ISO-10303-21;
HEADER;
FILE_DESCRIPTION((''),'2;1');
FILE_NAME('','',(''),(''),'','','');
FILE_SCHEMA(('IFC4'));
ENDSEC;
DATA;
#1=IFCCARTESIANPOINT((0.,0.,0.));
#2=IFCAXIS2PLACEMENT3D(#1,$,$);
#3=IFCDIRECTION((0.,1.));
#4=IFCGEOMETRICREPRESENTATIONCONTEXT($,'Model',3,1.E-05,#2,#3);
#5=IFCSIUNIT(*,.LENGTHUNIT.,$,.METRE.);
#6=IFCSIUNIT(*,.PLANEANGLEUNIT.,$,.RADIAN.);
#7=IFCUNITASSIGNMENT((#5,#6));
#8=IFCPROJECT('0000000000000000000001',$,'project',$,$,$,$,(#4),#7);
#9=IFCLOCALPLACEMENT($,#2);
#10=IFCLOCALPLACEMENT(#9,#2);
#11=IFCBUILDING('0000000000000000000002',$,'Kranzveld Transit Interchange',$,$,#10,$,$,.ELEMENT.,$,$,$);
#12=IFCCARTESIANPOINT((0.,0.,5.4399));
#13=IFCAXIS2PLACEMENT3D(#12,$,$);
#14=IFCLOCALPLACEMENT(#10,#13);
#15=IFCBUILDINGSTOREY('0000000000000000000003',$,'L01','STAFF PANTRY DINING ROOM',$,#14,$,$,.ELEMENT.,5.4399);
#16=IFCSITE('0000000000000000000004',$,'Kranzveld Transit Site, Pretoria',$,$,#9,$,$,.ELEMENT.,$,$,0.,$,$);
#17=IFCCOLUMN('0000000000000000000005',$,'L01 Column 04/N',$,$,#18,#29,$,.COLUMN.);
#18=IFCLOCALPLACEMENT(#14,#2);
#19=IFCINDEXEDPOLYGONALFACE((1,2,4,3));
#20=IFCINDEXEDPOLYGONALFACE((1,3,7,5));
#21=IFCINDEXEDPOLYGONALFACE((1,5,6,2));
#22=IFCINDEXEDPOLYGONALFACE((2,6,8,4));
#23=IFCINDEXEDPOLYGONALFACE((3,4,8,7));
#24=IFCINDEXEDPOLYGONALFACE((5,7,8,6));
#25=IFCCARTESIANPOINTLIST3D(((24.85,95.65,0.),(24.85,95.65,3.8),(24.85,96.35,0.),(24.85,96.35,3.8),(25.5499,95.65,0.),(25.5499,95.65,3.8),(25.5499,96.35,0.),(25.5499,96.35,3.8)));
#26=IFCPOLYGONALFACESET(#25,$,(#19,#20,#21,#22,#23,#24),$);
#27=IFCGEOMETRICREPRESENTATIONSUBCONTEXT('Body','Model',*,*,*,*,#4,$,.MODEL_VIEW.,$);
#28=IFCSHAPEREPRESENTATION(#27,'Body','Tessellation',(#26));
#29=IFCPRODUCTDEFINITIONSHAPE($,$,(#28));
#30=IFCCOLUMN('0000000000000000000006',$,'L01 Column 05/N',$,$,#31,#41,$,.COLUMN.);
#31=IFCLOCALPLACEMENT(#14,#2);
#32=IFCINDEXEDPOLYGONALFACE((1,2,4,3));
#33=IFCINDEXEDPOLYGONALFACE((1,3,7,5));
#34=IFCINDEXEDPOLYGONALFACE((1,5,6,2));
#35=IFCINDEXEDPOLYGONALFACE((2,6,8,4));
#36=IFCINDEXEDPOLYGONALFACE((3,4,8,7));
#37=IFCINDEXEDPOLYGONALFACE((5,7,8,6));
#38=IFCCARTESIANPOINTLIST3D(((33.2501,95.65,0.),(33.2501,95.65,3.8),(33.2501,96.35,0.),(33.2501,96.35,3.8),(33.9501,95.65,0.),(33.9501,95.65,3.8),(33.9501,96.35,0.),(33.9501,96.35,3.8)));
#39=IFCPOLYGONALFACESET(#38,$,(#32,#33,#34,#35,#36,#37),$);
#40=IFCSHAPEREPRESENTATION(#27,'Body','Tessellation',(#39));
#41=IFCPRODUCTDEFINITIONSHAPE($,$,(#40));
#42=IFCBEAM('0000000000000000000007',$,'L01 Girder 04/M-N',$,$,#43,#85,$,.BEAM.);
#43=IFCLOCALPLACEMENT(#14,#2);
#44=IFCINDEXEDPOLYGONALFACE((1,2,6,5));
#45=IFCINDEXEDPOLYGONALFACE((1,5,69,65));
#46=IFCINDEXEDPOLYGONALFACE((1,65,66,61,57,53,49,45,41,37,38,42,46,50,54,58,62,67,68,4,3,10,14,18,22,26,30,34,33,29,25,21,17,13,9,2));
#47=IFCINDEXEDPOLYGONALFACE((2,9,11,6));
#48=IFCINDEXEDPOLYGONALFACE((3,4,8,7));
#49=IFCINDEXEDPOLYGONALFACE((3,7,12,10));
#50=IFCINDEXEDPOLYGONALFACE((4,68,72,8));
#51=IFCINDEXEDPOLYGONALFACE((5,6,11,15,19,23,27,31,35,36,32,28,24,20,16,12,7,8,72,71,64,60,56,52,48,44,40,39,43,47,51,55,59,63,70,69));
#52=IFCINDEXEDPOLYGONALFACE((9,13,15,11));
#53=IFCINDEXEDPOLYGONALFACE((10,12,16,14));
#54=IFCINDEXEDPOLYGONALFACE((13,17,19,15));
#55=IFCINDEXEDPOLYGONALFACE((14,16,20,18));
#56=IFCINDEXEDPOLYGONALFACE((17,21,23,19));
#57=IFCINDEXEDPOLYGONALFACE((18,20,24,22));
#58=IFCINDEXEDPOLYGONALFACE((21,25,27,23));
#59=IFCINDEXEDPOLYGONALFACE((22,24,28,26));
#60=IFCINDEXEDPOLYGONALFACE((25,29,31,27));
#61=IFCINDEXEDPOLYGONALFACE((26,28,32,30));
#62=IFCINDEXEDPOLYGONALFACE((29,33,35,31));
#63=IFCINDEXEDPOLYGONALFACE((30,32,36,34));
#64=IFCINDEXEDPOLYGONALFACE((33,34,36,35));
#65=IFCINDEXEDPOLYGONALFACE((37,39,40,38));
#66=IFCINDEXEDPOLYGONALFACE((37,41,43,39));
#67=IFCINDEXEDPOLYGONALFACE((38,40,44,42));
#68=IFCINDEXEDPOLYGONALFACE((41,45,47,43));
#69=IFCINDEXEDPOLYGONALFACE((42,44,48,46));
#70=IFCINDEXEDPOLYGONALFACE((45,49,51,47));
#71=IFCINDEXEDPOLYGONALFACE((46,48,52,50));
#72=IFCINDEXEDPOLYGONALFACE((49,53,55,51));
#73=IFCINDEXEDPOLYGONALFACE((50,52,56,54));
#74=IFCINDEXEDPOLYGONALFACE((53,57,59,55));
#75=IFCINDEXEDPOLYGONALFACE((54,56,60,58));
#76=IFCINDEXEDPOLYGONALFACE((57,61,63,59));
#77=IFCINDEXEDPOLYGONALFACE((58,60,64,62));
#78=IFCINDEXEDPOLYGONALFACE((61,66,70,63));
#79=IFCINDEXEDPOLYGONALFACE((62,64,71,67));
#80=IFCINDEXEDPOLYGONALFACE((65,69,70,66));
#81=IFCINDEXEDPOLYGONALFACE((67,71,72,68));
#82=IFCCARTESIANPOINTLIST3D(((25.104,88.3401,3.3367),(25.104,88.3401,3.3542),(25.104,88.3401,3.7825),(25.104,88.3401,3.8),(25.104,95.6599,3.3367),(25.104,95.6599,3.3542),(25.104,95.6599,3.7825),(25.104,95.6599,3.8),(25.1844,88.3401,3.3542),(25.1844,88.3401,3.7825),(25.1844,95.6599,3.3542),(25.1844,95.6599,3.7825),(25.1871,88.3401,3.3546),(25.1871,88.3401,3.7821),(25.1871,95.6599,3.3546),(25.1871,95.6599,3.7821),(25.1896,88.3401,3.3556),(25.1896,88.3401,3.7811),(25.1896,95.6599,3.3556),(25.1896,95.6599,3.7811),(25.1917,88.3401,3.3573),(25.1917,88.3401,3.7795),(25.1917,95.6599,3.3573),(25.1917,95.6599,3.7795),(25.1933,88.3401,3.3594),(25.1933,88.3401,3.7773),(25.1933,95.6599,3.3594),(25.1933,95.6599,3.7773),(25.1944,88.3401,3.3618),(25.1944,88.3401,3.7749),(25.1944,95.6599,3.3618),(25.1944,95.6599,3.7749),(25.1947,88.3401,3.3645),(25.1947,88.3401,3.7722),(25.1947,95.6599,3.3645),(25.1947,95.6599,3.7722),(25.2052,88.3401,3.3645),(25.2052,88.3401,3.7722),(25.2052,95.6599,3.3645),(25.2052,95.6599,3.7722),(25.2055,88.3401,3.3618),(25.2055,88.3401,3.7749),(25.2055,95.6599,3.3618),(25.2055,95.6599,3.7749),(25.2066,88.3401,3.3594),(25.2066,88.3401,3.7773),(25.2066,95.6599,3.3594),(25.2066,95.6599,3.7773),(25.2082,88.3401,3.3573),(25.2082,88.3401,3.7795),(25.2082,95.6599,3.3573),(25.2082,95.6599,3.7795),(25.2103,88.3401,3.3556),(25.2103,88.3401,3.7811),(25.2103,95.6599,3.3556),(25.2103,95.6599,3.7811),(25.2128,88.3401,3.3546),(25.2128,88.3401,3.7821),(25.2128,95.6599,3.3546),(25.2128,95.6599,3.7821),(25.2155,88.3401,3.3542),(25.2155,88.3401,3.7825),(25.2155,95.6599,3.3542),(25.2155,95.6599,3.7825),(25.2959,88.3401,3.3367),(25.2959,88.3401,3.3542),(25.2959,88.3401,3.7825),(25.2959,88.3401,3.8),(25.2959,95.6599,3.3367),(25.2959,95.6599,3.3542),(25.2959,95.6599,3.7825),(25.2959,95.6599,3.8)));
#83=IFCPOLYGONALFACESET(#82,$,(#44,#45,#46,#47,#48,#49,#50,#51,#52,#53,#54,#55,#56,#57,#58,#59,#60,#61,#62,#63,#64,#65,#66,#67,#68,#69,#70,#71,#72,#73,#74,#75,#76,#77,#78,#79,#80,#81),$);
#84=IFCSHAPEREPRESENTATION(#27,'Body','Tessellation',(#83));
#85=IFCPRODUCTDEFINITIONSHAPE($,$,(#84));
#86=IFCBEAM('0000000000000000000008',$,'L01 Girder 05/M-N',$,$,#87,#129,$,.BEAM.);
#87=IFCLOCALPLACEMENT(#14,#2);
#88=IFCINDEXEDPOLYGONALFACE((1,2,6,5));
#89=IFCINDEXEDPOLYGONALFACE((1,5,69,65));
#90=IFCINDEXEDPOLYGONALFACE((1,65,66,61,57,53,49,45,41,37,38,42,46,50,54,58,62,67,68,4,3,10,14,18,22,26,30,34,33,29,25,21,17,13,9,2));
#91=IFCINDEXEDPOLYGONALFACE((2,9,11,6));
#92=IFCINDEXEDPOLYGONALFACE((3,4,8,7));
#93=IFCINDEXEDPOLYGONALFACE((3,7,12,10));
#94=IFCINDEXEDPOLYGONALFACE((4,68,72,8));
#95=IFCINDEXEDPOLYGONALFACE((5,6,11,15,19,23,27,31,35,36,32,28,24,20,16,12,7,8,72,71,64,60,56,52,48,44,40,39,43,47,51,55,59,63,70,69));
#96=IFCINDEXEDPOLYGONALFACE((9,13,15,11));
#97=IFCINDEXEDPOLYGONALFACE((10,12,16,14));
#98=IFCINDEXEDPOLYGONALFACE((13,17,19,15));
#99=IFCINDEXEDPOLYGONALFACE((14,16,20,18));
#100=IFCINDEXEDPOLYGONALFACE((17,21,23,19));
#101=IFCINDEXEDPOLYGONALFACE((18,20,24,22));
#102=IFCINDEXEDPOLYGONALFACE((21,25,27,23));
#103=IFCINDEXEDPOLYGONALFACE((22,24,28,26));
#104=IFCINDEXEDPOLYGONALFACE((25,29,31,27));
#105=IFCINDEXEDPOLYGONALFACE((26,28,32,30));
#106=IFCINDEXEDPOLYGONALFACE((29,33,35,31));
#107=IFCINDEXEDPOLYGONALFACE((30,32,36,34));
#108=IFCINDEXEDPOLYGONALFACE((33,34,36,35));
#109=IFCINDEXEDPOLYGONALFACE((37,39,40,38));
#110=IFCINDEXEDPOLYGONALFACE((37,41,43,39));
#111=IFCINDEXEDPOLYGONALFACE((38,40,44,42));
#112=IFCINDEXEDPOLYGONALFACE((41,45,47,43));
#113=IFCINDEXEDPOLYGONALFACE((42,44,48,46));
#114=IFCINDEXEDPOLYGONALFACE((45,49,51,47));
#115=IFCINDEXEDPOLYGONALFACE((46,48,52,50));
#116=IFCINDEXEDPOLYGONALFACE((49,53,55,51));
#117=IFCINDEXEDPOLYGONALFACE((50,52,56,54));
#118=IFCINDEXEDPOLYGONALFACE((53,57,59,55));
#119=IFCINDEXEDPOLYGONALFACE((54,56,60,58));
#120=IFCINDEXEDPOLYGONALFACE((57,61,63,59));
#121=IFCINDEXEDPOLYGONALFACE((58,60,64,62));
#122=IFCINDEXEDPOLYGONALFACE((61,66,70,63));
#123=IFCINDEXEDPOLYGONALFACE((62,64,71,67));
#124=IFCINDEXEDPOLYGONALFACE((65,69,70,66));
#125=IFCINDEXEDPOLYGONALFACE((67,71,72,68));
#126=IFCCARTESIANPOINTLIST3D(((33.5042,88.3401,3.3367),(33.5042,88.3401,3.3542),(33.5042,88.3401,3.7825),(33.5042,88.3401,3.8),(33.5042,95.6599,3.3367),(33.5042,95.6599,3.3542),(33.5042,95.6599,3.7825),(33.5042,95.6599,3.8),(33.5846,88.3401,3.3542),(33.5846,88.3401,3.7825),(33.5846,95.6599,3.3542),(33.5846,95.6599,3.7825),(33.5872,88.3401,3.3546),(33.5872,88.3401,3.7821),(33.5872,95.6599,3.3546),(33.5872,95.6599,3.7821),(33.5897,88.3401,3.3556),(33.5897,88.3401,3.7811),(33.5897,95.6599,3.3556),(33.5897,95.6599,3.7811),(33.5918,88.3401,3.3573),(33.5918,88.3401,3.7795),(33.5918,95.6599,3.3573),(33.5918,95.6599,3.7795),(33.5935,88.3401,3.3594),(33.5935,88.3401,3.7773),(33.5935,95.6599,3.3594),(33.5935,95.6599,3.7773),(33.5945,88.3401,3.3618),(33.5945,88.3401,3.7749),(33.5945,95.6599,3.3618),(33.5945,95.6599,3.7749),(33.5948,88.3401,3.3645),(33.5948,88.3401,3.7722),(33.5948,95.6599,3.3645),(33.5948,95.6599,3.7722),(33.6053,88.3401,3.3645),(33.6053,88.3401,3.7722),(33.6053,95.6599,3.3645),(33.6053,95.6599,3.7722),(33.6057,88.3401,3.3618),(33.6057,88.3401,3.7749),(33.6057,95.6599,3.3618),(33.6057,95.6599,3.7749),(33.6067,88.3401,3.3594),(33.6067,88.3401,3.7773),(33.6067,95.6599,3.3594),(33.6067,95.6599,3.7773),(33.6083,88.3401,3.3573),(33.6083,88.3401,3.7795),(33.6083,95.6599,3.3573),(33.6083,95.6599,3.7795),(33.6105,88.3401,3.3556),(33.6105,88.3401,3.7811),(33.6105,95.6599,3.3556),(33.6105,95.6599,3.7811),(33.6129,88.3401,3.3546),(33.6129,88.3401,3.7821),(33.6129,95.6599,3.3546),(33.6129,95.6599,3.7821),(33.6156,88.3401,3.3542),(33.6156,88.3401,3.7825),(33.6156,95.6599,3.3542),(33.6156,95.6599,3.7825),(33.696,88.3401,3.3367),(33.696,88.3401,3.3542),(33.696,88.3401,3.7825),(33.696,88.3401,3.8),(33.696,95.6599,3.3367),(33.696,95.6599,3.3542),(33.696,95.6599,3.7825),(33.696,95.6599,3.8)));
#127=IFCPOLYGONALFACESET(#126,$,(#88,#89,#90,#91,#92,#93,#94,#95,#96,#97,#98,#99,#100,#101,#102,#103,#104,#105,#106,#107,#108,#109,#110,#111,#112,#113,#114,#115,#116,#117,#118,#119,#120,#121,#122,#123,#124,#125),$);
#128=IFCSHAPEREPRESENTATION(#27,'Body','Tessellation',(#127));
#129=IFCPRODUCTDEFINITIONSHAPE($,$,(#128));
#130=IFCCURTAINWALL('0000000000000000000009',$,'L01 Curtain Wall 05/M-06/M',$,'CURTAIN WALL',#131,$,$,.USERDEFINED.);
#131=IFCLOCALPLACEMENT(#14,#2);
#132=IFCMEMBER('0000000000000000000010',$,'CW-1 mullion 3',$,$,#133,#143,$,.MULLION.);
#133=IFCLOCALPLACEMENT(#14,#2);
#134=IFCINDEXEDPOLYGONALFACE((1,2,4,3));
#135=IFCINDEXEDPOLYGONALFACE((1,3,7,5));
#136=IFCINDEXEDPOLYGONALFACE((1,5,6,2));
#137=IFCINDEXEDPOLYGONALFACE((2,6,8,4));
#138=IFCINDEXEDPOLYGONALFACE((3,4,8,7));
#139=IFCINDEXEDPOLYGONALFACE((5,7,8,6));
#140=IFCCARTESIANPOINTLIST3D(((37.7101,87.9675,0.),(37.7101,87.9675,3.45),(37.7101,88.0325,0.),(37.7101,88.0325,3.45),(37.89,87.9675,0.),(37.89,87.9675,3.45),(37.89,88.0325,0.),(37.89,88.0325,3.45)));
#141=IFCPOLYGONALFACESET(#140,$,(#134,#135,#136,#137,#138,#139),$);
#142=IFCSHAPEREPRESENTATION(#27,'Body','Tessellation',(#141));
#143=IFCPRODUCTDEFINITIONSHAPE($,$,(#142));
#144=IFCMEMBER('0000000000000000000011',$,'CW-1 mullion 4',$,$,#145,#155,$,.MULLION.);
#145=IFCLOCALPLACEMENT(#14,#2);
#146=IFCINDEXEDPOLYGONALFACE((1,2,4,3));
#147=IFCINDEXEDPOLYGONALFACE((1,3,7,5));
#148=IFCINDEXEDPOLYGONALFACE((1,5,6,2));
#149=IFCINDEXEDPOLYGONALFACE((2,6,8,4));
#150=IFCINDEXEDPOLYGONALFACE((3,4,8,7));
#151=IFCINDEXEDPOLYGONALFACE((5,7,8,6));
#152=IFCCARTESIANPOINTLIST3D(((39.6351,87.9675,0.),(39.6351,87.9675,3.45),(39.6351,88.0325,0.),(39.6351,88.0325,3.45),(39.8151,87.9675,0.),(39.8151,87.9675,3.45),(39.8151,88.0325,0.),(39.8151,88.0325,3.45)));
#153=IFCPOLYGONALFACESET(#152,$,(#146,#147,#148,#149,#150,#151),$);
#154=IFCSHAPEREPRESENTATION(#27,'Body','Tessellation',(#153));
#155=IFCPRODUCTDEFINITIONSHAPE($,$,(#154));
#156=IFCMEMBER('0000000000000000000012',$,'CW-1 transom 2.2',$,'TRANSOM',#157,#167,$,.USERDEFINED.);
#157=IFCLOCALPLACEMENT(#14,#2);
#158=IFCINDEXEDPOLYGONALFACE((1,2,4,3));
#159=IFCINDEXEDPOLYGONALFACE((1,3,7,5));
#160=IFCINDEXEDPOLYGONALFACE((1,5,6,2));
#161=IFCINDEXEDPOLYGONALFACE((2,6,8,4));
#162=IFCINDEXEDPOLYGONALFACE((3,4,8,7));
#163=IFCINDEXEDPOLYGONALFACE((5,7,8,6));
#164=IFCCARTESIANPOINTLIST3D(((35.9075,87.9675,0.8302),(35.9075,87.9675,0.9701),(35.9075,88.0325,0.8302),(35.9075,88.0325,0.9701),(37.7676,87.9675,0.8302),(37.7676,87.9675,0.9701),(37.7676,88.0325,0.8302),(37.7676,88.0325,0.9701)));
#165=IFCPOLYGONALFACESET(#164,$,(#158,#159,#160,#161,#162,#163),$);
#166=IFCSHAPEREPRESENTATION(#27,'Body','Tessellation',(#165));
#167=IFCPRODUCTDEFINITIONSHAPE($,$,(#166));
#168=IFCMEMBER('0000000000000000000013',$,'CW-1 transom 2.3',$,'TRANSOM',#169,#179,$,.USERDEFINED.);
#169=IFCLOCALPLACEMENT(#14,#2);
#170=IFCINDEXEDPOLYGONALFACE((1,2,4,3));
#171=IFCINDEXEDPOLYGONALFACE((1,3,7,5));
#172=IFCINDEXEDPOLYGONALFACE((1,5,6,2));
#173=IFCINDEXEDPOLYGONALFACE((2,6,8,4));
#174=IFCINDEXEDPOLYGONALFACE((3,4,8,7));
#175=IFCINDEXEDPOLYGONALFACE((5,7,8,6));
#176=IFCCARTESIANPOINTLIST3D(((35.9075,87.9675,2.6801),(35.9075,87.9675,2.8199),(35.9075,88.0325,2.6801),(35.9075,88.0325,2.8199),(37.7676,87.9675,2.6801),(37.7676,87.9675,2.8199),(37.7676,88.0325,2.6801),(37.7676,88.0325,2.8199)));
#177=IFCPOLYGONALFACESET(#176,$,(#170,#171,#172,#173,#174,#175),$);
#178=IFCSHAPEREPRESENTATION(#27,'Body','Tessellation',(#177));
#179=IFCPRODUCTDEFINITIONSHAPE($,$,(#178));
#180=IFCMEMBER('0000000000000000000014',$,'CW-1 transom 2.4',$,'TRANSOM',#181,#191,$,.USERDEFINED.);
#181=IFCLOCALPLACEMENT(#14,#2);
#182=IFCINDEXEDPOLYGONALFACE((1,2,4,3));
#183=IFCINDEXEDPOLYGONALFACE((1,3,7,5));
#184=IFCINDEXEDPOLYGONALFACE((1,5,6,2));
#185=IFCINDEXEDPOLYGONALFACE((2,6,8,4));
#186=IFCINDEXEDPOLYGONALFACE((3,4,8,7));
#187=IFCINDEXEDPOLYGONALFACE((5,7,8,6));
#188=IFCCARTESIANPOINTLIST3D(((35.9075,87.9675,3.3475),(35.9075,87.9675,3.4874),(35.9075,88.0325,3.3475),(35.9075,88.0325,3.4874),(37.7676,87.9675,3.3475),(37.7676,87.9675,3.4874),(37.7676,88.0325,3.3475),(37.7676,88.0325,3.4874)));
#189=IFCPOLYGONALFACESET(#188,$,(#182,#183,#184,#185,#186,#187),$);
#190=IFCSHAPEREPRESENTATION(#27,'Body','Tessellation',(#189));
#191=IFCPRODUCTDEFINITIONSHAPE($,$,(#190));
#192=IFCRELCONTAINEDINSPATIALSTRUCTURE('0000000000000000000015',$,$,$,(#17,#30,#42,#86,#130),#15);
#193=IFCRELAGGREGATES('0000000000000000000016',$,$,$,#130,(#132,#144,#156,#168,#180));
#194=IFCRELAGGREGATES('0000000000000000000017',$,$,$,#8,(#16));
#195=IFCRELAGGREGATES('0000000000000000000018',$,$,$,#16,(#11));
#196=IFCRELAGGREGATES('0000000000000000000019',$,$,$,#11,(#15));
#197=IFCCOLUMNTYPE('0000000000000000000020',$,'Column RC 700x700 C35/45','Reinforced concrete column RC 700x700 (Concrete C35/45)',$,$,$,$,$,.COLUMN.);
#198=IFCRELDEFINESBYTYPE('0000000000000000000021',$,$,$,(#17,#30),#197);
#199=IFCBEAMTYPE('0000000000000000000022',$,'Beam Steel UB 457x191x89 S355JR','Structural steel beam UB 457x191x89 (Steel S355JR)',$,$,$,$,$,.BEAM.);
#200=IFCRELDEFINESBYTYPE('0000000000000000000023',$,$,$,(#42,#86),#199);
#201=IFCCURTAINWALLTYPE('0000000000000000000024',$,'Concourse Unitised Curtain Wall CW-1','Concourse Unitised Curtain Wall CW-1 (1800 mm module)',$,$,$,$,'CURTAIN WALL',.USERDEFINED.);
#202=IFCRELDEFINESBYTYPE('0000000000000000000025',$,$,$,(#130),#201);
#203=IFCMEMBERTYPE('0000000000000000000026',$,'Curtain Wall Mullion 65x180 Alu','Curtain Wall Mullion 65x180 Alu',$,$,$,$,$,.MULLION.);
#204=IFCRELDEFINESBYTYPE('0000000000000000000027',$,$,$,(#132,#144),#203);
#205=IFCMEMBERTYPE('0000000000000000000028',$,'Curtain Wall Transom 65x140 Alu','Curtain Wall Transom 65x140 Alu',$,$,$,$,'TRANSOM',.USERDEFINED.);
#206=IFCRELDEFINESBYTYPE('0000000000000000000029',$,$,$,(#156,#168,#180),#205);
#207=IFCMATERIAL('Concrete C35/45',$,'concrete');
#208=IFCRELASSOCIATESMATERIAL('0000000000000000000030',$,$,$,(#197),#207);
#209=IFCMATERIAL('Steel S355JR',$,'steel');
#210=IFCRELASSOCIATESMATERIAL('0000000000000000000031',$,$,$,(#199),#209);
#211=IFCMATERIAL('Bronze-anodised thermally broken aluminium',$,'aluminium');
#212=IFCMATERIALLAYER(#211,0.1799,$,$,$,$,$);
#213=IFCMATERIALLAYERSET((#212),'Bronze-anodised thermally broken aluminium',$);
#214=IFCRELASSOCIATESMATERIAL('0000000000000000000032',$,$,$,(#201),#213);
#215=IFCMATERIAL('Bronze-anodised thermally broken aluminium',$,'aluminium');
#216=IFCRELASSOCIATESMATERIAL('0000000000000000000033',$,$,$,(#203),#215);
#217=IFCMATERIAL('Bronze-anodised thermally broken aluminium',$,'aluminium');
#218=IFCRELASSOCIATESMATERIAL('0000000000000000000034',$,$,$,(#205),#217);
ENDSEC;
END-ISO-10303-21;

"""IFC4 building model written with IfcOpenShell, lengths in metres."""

from ifc_helpers import new_model, si_unit, direction, frame, origin, origin_2d, place, context, subcontext, project, spatial, rectangle, i_section, extrude, material, layer, layer_set, material_profile, profile_set, type_object, element, aggregate, save


model = new_model("IFC4")

# Units and contexts
model_context = context("Model", 3, precision=1e-05, world=origin(), true_north=direction((0.0, 1.0)))
body_context = subcontext(model_context, "Body", "Model", "MODEL_VIEW")
ifc_project = project(units=[si_unit("LENGTHUNIT", "METRE"), si_unit("PLANEANGLEUNIT", "RADIAN")], contexts=[model_context])

# Site, building, storey
site_placement = place(None, origin())
site = spatial("IfcSite", under=ifc_project, at=site_placement, Name="Kranzveld Transit Site, Pretoria", CompositionType="ELEMENT", RefElevation=0.0)
building_placement = place(site_placement, origin())
building = spatial("IfcBuilding", under=site, at=building_placement, Name="Kranzveld Transit Interchange", CompositionType="ELEMENT")
storey_placement = place(building_placement, frame((0.0, 0.0, 5.4399)))
storey = spatial("IfcBuildingStorey", under=building, at=storey_placement, Name="L01", Description="STAFF PANTRY DINING ROOM", CompositionType="ELEMENT", Elevation=5.4399)

# Columns
ifc_material_1 = material(Name="Concrete C35/45", Category="concrete")
ifc_material_profile_1 = material_profile(ifc_material_1, rectangle(XDim=0.7, YDim=0.7, at=origin_2d()), Name="RC 700x700")
ifc_profile_set_1 = profile_set([ifc_material_profile_1], Name="Concrete C35/45")
column_type = type_object("IfcColumnType", Name="Column RC 700x700 C35/45", Description="Reinforced concrete column RC 700x700 (Concrete C35/45)", PredefinedType="COLUMN", material=ifc_profile_set_1)
for number, where, z_axis, x_axis, name in (
    (1, (25.2, 96.0, 0.0), (0.0, 0.0, 1.0), (1.0, 0.0, 0.0), "L01 Column 04/N"),
    (2, (33.6001, 96.0, 0.0), (0.0, 0.0, 1.0), (1.0, 0.0, 0.0), "L01 Column 05/N"),
):
    element("IfcColumn", number, at=place(storey_placement, frame(where, z_axis=z_axis, x_axis=x_axis)), inside=storey, type_object=column_type, Name=name, PredefinedType="COLUMN", context=body_context, shape_type="SweptSolid", body=[
        extrude(rectangle(XDim=0.7, YDim=0.7, at=origin_2d()), origin(), (0.0, 0.0, 1.0), 3.8),
    ])

# Beams
ifc_material_2 = material(Name="Steel S355JR", Category="steel")
ifc_material_profile_2 = material_profile(ifc_material_2, i_section(OverallWidth=0.1919, OverallDepth=0.4634, WebThickness=0.0105, FlangeThickness=0.0176, FilletRadius=0.0103, at=origin_2d()), Name="UB 457x191x89")
ifc_profile_set_2 = profile_set([ifc_material_profile_2], Name="Steel S355JR")
beam_type_1 = type_object("IfcBeamType", Name="Beam Steel UB 457x191x89 S355JR", Description="Structural steel beam UB 457x191x89 (Steel S355JR)", PredefinedType="BEAM", material=ifc_profile_set_2)
for number, where, z_axis, x_axis, name in (
    (3, (25.2, 88.3401, 3.5684), (0.0, 1.0, 0.0), (-1.0, 0.0, 0.0), "L01 Girder 04/M-N"),
    (4, (33.6001, 88.3401, 3.5684), (0.0, 1.0, 0.0), (-1.0, 0.0, 0.0), "L01 Girder 05/M-N"),
):
    element("IfcBeam", number, at=place(storey_placement, frame(where, z_axis=z_axis, x_axis=x_axis)), inside=storey, type_object=beam_type_1, Name=name, PredefinedType="BEAM", context=body_context, shape_type="SweptSolid", body=[
        extrude(i_section(OverallWidth=0.1919, OverallDepth=0.4634, WebThickness=0.0105, FlangeThickness=0.0176, FilletRadius=0.0103, at=origin_2d()), origin(), (0.0, 0.0, 1.0), 7.3198),
    ])

# Curtain wall, members
ifc_material_3 = material(Name="Bronze-anodised thermally broken aluminium", Category="aluminium")
ifc_layer_1 = layer(ifc_material_3, 0.1799)
ifc_layer_set_1 = layer_set([ifc_layer_1], Name="Bronze-anodised thermally broken aluminium")
curtain_wall_type = type_object("IfcCurtainWallType", Name="Concourse Unitised Curtain Wall CW-1", Description="Concourse Unitised Curtain Wall CW-1 (1800 mm module)", ElementType="CURTAIN WALL", PredefinedType="USERDEFINED", material=ifc_layer_set_1)
curtain_wall_placement = place(storey_placement, origin())
curtain_wall = element("IfcCurtainWall", 5, at=curtain_wall_placement, inside=storey, type_object=curtain_wall_type, Name="L01 Curtain Wall 05/M-06/M", ObjectType="CURTAIN WALL", PredefinedType="USERDEFINED")
ifc_material_4 = material(Name="Bronze-anodised thermally broken aluminium", Category="aluminium")
ifc_material_profile_3 = material_profile(ifc_material_4, rectangle(XDim=0.0649, YDim=0.1799, at=origin_2d()), Name="ALU MULLION 65x180")
ifc_profile_set_3 = profile_set([ifc_material_profile_3], Name="Bronze-anodised thermally broken aluminium")
member_type_1 = type_object("IfcMemberType", Name="Curtain Wall Mullion 65x180 Alu", Description="Curtain Wall Mullion 65x180 Alu", PredefinedType="MULLION", material=ifc_profile_set_3)
member_1_placement = place(storey_placement, frame((37.8, 88.0, 0.0), z_axis=(0.0, 0.0, 1.0), x_axis=(0.0, 1.0, 0.0)))
member_1 = element("IfcMember", 6, at=member_1_placement, type_object=member_type_1, Name="CW-1 mullion 3", PredefinedType="MULLION", context=body_context, shape_type="SweptSolid", body=[
    extrude(rectangle(XDim=0.0649, YDim=0.1799, at=origin_2d()), origin(), (0.0, 0.0, 1.0), 3.45),
])
member_2_placement = place(storey_placement, frame((39.7251, 88.0, 0.0), z_axis=(0.0, 0.0, 1.0), x_axis=(0.0, 1.0, 0.0)))
member_2 = element("IfcMember", 7, at=member_2_placement, type_object=member_type_1, Name="CW-1 mullion 4", PredefinedType="MULLION", context=body_context, shape_type="SweptSolid", body=[
    extrude(rectangle(XDim=0.0649, YDim=0.1799, at=origin_2d()), origin(), (0.0, 0.0, 1.0), 3.45),
])
ifc_material_5 = material(Name="Bronze-anodised thermally broken aluminium", Category="aluminium")
ifc_material_profile_4 = material_profile(ifc_material_5, rectangle(XDim=0.0649, YDim=0.1399, at=origin_2d()), Name="ALU TRANSOM 65x140")
ifc_profile_set_4 = profile_set([ifc_material_profile_4], Name="Bronze-anodised thermally broken aluminium")
member_type_2 = type_object("IfcMemberType", Name="Curtain Wall Transom 65x140 Alu", Description="Curtain Wall Transom 65x140 Alu", ElementType="TRANSOM", PredefinedType="USERDEFINED", material=ifc_profile_set_4)
member_3_placement = place(storey_placement, frame((35.9075, 88.0, 0.9001), z_axis=(1.0, 0.0, 0.0), x_axis=(0.0, 1.0, 0.0)))
member_3 = element("IfcMember", 8, at=member_3_placement, type_object=member_type_2, Name="CW-1 transom 2.2", ObjectType="TRANSOM", PredefinedType="USERDEFINED", context=body_context, shape_type="SweptSolid", body=[
    extrude(rectangle(XDim=0.0649, YDim=0.1399, at=origin_2d()), origin(), (0.0, 0.0, 1.0), 1.8601),
])
member_4_placement = place(storey_placement, frame((35.9075, 88.0, 2.75), z_axis=(1.0, 0.0, 0.0), x_axis=(0.0, 1.0, 0.0)))
member_4 = element("IfcMember", 9, at=member_4_placement, type_object=member_type_2, Name="CW-1 transom 2.3", ObjectType="TRANSOM", PredefinedType="USERDEFINED", context=body_context, shape_type="SweptSolid", body=[
    extrude(rectangle(XDim=0.0649, YDim=0.1399, at=origin_2d()), origin(), (0.0, 0.0, 1.0), 1.8601),
])
member_5_placement = place(storey_placement, frame((35.9075, 88.0, 3.4175), z_axis=(1.0, 0.0, 0.0), x_axis=(0.0, 1.0, 0.0)))
member_5 = element("IfcMember", 10, at=member_5_placement, type_object=member_type_2, Name="CW-1 transom 2.4", ObjectType="TRANSOM", PredefinedType="USERDEFINED", context=body_context, shape_type="SweptSolid", body=[
    extrude(rectangle(XDim=0.0649, YDim=0.1399, at=origin_2d()), origin(), (0.0, 0.0, 1.0), 1.8601),
])

aggregate(curtain_wall, [member_1, member_2, member_3, member_4, member_5])

save(model, "model.ifc")
